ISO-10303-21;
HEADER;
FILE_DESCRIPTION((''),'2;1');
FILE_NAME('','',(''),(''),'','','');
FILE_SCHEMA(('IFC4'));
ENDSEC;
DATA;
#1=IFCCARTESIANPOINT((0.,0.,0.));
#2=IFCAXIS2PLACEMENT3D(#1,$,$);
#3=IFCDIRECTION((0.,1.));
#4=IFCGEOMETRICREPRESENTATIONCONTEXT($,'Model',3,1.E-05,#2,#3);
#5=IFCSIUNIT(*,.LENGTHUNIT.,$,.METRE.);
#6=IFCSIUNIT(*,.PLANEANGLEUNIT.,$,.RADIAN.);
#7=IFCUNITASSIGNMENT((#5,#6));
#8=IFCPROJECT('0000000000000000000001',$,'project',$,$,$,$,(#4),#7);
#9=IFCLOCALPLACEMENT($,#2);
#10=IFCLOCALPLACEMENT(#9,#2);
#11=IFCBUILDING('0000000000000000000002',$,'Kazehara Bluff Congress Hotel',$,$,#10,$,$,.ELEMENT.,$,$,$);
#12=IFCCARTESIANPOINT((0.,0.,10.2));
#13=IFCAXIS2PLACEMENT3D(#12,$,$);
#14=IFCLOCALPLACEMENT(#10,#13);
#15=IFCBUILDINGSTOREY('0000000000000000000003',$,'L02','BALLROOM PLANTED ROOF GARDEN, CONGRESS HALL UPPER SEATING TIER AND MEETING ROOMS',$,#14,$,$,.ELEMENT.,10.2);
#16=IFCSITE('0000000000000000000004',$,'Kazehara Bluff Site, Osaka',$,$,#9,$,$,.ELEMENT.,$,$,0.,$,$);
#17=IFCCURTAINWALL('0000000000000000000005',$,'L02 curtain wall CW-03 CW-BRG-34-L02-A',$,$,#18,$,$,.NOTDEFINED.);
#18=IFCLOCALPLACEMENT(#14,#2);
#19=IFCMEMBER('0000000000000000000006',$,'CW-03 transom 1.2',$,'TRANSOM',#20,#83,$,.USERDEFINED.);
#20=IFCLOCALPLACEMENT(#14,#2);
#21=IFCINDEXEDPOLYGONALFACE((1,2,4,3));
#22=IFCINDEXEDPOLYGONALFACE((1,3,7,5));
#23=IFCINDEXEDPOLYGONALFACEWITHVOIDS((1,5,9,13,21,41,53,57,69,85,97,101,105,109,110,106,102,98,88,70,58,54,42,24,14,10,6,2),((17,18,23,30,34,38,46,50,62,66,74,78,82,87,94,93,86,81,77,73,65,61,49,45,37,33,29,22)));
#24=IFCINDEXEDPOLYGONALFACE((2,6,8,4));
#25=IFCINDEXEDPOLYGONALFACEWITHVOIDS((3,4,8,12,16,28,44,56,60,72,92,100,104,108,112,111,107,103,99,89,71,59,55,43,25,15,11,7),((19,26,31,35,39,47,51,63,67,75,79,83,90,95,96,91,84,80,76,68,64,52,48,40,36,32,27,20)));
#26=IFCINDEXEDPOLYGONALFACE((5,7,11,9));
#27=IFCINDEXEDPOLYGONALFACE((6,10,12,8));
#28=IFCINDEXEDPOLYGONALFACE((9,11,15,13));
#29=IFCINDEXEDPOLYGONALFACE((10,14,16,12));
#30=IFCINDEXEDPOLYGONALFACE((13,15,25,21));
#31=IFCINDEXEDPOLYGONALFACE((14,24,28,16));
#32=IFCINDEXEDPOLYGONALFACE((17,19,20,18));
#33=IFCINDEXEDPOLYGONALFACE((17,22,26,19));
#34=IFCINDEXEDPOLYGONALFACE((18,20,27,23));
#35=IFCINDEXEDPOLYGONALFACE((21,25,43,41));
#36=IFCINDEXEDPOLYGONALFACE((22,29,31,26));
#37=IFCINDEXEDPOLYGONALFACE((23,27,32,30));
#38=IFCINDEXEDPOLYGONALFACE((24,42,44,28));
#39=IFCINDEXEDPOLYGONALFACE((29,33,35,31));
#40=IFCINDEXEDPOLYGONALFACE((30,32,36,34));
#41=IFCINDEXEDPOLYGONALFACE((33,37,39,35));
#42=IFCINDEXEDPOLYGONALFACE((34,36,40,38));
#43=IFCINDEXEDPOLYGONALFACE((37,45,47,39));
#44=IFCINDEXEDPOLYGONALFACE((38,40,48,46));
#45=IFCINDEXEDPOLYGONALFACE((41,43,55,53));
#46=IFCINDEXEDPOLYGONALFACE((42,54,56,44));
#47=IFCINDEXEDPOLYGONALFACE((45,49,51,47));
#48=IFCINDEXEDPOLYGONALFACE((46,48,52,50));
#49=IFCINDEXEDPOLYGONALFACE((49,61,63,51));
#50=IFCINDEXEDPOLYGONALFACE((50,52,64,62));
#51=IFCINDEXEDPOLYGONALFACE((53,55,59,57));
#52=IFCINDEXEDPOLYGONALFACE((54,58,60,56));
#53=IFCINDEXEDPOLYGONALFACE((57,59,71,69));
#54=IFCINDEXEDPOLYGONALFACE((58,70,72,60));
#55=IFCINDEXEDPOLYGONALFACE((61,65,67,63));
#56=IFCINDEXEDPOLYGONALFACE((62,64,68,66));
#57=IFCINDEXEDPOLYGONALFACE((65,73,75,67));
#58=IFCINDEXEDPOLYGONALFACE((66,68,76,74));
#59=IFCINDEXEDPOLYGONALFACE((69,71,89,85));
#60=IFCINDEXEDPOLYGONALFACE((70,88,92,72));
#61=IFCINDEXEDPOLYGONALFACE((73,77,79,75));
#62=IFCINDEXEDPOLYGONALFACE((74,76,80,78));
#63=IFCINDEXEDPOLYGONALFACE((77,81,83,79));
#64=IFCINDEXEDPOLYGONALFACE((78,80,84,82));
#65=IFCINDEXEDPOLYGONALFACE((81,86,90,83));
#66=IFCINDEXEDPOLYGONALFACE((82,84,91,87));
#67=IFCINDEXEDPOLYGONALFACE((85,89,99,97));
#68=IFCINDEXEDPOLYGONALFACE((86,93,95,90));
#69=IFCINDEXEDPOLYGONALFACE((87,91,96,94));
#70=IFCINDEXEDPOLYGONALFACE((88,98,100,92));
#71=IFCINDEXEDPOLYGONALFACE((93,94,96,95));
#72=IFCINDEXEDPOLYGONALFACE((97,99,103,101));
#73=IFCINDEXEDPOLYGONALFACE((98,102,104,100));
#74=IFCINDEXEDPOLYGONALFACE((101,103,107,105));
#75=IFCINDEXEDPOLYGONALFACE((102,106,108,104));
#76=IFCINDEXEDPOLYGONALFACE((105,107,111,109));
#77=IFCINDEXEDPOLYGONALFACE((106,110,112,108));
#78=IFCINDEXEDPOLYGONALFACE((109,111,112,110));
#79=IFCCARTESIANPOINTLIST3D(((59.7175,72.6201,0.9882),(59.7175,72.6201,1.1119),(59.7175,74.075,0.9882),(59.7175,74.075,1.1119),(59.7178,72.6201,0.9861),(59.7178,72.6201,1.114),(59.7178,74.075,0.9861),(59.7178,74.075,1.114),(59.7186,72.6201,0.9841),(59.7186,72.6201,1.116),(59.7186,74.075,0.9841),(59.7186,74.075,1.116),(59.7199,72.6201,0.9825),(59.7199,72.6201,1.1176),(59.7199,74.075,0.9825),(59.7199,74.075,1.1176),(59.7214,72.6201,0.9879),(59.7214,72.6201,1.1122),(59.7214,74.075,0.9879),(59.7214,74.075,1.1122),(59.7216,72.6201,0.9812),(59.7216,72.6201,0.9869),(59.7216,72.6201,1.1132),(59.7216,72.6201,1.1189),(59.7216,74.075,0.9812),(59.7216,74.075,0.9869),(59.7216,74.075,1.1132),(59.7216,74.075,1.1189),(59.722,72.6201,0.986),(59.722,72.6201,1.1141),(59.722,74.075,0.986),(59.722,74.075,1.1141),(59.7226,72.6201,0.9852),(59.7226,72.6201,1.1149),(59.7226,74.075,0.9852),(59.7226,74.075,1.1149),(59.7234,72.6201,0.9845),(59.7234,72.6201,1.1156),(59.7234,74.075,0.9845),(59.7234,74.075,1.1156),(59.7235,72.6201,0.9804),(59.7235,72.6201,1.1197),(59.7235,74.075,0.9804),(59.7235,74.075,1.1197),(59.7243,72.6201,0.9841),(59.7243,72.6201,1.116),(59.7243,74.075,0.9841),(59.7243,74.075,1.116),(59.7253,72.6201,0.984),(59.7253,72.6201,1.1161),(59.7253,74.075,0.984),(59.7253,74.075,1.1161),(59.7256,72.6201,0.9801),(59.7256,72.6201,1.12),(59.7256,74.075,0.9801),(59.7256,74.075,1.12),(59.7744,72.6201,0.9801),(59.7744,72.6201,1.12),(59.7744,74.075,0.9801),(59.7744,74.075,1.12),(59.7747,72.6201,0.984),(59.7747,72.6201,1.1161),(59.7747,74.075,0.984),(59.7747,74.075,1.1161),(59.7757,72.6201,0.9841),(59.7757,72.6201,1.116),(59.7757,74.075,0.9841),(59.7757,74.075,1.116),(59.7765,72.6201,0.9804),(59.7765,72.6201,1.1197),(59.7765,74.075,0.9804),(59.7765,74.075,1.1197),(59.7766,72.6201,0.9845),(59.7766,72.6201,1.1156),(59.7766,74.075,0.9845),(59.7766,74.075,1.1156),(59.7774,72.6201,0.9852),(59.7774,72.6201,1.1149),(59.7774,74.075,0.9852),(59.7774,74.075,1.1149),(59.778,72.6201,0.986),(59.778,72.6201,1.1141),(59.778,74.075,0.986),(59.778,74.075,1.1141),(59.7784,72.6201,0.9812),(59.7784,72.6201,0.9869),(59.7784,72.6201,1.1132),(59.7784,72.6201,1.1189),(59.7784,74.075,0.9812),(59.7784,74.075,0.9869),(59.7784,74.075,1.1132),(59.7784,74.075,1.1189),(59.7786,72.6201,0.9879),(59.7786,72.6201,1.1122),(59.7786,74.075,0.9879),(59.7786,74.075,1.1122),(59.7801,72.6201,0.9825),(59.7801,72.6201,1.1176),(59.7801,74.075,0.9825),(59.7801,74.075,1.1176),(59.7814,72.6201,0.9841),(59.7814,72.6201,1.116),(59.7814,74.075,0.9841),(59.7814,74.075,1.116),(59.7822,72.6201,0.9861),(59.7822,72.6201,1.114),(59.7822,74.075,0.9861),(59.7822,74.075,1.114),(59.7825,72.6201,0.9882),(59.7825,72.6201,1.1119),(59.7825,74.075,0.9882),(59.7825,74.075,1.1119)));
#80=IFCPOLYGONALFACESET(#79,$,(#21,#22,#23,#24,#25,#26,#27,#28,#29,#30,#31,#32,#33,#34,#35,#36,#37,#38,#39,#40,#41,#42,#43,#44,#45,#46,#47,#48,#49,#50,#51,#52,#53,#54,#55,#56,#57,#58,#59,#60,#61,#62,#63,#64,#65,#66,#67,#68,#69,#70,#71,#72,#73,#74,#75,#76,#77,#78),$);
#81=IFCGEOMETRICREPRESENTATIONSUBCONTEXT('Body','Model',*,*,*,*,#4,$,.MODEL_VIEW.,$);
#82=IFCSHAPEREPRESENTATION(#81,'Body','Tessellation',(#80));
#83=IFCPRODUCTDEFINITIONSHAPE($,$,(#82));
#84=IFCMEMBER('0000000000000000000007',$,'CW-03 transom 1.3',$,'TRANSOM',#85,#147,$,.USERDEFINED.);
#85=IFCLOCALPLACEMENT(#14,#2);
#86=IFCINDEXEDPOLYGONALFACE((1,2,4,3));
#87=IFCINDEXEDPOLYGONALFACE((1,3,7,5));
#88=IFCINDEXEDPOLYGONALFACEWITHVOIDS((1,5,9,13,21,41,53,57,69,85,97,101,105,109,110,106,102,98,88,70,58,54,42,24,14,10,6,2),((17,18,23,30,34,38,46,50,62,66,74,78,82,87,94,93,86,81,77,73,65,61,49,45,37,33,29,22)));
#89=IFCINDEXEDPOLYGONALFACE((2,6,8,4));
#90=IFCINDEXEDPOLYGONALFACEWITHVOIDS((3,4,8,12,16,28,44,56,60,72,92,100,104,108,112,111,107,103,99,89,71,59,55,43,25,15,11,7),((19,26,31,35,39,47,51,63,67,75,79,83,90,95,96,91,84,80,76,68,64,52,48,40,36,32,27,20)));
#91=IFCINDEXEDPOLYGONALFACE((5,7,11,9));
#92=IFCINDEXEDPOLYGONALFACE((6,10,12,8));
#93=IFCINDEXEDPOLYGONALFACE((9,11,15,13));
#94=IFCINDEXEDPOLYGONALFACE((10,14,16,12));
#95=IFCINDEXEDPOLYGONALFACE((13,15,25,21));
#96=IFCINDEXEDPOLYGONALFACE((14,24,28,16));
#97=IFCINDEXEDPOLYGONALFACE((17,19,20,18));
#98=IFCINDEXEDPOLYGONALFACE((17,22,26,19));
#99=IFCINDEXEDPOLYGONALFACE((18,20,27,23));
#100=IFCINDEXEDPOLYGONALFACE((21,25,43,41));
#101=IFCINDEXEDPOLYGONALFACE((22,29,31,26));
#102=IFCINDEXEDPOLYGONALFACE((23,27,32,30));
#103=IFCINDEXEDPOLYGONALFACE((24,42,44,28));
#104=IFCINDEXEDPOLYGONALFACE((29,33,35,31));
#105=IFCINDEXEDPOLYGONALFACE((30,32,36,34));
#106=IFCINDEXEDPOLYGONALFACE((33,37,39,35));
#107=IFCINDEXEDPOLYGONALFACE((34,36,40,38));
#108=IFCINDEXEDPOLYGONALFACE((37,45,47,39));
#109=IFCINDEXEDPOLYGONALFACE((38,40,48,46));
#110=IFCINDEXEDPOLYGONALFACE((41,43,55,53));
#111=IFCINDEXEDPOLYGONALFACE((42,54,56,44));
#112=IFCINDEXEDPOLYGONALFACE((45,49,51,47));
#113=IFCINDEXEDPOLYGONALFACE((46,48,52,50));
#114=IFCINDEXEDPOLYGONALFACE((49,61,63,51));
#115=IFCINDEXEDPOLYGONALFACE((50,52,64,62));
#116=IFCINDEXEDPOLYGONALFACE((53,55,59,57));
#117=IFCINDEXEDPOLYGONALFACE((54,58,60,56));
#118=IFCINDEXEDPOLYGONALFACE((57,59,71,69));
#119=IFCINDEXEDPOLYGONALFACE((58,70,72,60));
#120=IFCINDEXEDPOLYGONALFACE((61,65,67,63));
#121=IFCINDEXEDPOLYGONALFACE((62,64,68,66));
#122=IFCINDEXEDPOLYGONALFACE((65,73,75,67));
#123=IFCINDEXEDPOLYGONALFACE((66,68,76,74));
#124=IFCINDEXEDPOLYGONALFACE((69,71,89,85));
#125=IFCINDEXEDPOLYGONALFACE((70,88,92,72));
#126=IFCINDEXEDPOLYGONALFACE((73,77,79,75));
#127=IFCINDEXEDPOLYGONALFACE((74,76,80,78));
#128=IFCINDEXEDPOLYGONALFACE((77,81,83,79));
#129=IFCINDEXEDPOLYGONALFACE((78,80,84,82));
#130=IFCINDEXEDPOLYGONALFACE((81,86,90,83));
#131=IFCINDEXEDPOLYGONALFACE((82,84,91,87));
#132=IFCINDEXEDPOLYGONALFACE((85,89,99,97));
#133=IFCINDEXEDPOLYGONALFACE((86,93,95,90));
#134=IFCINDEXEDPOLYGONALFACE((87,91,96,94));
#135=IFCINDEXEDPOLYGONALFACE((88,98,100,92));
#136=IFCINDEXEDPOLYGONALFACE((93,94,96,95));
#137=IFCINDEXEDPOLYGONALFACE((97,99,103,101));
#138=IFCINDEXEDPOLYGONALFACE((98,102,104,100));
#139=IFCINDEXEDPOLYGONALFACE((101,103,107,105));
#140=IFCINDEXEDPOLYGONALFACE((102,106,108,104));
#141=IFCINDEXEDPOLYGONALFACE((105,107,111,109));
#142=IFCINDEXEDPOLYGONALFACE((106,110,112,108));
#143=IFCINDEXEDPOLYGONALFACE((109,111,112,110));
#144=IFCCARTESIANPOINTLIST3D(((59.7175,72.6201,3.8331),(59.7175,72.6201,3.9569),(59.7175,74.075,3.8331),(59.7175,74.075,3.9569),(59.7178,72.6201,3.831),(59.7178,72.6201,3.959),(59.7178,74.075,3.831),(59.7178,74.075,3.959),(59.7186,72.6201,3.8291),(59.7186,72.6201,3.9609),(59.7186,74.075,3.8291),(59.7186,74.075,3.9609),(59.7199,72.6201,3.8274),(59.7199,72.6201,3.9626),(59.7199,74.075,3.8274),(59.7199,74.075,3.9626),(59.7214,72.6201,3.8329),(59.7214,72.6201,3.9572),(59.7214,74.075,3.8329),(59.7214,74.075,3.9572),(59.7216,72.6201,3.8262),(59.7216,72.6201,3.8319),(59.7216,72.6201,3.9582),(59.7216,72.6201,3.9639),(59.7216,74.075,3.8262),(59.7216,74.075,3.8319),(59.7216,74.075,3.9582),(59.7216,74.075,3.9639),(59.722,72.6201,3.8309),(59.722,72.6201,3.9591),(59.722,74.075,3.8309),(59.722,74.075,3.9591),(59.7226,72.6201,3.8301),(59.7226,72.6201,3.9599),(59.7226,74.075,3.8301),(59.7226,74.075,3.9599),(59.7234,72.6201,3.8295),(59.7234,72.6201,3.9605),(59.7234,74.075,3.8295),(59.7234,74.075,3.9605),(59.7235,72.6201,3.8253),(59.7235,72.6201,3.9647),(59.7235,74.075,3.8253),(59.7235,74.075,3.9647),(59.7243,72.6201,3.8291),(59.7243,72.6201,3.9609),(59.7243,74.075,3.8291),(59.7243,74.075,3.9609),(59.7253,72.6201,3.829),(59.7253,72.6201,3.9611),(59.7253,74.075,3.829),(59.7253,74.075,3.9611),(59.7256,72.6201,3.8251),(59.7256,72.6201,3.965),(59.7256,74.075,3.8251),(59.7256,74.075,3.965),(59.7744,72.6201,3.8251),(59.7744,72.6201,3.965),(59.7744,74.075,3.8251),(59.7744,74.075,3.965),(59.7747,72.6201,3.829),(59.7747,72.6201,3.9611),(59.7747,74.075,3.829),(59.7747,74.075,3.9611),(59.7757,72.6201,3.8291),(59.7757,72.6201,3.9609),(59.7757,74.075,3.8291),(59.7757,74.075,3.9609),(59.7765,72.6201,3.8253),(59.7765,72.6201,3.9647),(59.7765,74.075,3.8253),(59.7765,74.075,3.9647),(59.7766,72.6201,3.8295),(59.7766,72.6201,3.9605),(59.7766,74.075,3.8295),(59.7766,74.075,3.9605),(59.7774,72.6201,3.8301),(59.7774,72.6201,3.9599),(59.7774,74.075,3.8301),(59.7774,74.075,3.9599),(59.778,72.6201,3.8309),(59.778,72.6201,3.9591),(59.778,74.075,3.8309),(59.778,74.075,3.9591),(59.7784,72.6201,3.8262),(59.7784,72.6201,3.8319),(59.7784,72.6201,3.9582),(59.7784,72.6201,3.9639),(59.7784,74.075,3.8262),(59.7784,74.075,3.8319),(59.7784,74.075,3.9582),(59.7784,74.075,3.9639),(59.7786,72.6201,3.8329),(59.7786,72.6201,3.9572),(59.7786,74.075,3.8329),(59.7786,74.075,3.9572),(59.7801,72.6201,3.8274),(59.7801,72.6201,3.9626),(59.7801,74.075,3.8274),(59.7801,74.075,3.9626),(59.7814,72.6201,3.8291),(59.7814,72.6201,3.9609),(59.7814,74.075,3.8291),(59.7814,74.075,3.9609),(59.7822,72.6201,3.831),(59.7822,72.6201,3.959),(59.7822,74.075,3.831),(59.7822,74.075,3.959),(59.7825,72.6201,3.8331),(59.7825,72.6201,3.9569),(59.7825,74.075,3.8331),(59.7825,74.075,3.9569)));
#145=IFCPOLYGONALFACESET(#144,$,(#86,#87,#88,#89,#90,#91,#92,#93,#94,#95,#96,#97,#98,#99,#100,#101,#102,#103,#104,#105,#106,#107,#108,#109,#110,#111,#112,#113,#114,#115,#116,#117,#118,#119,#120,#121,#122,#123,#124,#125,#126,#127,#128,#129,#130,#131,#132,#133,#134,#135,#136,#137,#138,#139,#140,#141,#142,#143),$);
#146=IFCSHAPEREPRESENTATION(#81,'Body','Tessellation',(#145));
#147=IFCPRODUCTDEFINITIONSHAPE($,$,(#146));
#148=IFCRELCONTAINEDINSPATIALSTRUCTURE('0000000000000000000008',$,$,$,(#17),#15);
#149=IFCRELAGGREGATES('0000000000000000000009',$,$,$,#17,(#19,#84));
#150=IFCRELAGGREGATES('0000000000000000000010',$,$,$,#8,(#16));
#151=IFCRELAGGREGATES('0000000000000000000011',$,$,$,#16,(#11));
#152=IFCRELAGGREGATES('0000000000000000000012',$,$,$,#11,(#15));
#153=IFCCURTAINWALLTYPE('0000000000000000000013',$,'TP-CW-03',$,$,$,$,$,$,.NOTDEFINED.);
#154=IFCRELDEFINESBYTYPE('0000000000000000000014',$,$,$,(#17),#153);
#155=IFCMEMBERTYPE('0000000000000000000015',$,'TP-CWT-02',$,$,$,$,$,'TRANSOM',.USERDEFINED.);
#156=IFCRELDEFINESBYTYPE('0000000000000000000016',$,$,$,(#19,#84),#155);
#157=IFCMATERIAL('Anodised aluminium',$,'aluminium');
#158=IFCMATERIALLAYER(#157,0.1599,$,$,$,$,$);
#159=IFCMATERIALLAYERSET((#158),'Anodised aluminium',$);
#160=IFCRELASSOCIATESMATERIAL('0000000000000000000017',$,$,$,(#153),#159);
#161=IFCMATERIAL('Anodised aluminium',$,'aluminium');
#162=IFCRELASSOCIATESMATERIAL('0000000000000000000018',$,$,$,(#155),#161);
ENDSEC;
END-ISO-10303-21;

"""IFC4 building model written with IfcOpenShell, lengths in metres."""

from ifc_helpers import new_model, si_unit, direction, frame, origin, origin_2d, place, context, subcontext, project, spatial, hollow_rectangle, extrude, material, layer, layer_set, material_profile, profile_set, type_object, element, aggregate, save


model = new_model("IFC4")

# Units and contexts
model_context = context("Model", 3, precision=1e-05, world=origin(), true_north=direction((0.0, 1.0)))
body_context = subcontext(model_context, "Body", "Model", "MODEL_VIEW")
ifc_project = project(units=[si_unit("LENGTHUNIT", "METRE"), si_unit("PLANEANGLEUNIT", "RADIAN")], contexts=[model_context])

# Site, building, storey
site_placement = place(None, origin())
site = spatial("IfcSite", under=ifc_project, at=site_placement, Name="Kazehara Bluff Site, Osaka", CompositionType="ELEMENT", RefElevation=0.0)
building_placement = place(site_placement, origin())
building = spatial("IfcBuilding", under=site, at=building_placement, Name="Kazehara Bluff Congress Hotel", CompositionType="ELEMENT")
storey_placement = place(building_placement, frame((0.0, 0.0, 10.2)))
storey = spatial("IfcBuildingStorey", under=building, at=storey_placement, Name="L02", Description="BALLROOM PLANTED ROOF GARDEN, CONGRESS HALL UPPER SEATING TIER AND MEETING ROOMS", CompositionType="ELEMENT", Elevation=10.2)

# Curtain wall, members
ifc_material_1 = material(Name="Anodised aluminium", Category="aluminium")
ifc_layer_1 = layer(ifc_material_1, 0.1599)
ifc_layer_set_1 = layer_set([ifc_layer_1], Name="Anodised aluminium")
curtain_wall_type_1 = type_object("IfcCurtainWallType", Name="TP-CW-03", PredefinedType="NOTDEFINED", material=ifc_layer_set_1)
curtain_wall_1_placement = place(storey_placement, origin())
curtain_wall_1 = element("IfcCurtainWall", 1, at=curtain_wall_1_placement, inside=storey, type_object=curtain_wall_type_1, Name="L02 curtain wall CW-03 CW-BRG-34-L02-A", PredefinedType="NOTDEFINED")
ifc_material_2 = material(Name="Anodised aluminium", Category="aluminium")
ifc_material_profile_1 = material_profile(ifc_material_2, hollow_rectangle(XDim=0.0649, YDim=0.1399, WallThickness=0.0039, InnerFilletRadius=0.0039, OuterFilletRadius=0.0081, at=origin_2d()))
ifc_profile_set_1 = profile_set([ifc_material_profile_1], Name="Anodised aluminium")
member_type_1 = type_object("IfcMemberType", Name="TP-CWT-02", ElementType="TRANSOM", PredefinedType="USERDEFINED", material=ifc_profile_set_1)
member_1_placement = place(storey_placement, frame((59.75, 72.6201, 1.05), z_axis=(0.0, 1.0, 0.0), x_axis=(-1.0, 0.0, 0.0)))
member_1 = element("IfcMember", 2, at=member_1_placement, type_object=member_type_1, Name="CW-03 transom 1.2", ObjectType="TRANSOM", PredefinedType="USERDEFINED", context=body_context, shape_type="SweptSolid", body=[
    extrude(hollow_rectangle(XDim=0.0649, YDim=0.1399, WallThickness=0.0039, InnerFilletRadius=0.0039, OuterFilletRadius=0.0081, at=origin_2d()), origin(), (0.0, 0.0, 1.0), 1.4548),
])
member_2_placement = place(storey_placement, frame((59.75, 72.6201, 3.895), z_axis=(0.0, 1.0, 0.0), x_axis=(-1.0, 0.0, 0.0)))
member_2 = element("IfcMember", 3, at=member_2_placement, type_object=member_type_1, Name="CW-03 transom 1.3", ObjectType="TRANSOM", PredefinedType="USERDEFINED", context=body_context, shape_type="SweptSolid", body=[
    extrude(hollow_rectangle(XDim=0.0649, YDim=0.1399, WallThickness=0.0039, InnerFilletRadius=0.0039, OuterFilletRadius=0.0081, at=origin_2d()), origin(), (0.0, 0.0, 1.0), 1.4548),
])

aggregate(curtain_wall_1, [member_1, member_2])

save(model, "model.ifc")
